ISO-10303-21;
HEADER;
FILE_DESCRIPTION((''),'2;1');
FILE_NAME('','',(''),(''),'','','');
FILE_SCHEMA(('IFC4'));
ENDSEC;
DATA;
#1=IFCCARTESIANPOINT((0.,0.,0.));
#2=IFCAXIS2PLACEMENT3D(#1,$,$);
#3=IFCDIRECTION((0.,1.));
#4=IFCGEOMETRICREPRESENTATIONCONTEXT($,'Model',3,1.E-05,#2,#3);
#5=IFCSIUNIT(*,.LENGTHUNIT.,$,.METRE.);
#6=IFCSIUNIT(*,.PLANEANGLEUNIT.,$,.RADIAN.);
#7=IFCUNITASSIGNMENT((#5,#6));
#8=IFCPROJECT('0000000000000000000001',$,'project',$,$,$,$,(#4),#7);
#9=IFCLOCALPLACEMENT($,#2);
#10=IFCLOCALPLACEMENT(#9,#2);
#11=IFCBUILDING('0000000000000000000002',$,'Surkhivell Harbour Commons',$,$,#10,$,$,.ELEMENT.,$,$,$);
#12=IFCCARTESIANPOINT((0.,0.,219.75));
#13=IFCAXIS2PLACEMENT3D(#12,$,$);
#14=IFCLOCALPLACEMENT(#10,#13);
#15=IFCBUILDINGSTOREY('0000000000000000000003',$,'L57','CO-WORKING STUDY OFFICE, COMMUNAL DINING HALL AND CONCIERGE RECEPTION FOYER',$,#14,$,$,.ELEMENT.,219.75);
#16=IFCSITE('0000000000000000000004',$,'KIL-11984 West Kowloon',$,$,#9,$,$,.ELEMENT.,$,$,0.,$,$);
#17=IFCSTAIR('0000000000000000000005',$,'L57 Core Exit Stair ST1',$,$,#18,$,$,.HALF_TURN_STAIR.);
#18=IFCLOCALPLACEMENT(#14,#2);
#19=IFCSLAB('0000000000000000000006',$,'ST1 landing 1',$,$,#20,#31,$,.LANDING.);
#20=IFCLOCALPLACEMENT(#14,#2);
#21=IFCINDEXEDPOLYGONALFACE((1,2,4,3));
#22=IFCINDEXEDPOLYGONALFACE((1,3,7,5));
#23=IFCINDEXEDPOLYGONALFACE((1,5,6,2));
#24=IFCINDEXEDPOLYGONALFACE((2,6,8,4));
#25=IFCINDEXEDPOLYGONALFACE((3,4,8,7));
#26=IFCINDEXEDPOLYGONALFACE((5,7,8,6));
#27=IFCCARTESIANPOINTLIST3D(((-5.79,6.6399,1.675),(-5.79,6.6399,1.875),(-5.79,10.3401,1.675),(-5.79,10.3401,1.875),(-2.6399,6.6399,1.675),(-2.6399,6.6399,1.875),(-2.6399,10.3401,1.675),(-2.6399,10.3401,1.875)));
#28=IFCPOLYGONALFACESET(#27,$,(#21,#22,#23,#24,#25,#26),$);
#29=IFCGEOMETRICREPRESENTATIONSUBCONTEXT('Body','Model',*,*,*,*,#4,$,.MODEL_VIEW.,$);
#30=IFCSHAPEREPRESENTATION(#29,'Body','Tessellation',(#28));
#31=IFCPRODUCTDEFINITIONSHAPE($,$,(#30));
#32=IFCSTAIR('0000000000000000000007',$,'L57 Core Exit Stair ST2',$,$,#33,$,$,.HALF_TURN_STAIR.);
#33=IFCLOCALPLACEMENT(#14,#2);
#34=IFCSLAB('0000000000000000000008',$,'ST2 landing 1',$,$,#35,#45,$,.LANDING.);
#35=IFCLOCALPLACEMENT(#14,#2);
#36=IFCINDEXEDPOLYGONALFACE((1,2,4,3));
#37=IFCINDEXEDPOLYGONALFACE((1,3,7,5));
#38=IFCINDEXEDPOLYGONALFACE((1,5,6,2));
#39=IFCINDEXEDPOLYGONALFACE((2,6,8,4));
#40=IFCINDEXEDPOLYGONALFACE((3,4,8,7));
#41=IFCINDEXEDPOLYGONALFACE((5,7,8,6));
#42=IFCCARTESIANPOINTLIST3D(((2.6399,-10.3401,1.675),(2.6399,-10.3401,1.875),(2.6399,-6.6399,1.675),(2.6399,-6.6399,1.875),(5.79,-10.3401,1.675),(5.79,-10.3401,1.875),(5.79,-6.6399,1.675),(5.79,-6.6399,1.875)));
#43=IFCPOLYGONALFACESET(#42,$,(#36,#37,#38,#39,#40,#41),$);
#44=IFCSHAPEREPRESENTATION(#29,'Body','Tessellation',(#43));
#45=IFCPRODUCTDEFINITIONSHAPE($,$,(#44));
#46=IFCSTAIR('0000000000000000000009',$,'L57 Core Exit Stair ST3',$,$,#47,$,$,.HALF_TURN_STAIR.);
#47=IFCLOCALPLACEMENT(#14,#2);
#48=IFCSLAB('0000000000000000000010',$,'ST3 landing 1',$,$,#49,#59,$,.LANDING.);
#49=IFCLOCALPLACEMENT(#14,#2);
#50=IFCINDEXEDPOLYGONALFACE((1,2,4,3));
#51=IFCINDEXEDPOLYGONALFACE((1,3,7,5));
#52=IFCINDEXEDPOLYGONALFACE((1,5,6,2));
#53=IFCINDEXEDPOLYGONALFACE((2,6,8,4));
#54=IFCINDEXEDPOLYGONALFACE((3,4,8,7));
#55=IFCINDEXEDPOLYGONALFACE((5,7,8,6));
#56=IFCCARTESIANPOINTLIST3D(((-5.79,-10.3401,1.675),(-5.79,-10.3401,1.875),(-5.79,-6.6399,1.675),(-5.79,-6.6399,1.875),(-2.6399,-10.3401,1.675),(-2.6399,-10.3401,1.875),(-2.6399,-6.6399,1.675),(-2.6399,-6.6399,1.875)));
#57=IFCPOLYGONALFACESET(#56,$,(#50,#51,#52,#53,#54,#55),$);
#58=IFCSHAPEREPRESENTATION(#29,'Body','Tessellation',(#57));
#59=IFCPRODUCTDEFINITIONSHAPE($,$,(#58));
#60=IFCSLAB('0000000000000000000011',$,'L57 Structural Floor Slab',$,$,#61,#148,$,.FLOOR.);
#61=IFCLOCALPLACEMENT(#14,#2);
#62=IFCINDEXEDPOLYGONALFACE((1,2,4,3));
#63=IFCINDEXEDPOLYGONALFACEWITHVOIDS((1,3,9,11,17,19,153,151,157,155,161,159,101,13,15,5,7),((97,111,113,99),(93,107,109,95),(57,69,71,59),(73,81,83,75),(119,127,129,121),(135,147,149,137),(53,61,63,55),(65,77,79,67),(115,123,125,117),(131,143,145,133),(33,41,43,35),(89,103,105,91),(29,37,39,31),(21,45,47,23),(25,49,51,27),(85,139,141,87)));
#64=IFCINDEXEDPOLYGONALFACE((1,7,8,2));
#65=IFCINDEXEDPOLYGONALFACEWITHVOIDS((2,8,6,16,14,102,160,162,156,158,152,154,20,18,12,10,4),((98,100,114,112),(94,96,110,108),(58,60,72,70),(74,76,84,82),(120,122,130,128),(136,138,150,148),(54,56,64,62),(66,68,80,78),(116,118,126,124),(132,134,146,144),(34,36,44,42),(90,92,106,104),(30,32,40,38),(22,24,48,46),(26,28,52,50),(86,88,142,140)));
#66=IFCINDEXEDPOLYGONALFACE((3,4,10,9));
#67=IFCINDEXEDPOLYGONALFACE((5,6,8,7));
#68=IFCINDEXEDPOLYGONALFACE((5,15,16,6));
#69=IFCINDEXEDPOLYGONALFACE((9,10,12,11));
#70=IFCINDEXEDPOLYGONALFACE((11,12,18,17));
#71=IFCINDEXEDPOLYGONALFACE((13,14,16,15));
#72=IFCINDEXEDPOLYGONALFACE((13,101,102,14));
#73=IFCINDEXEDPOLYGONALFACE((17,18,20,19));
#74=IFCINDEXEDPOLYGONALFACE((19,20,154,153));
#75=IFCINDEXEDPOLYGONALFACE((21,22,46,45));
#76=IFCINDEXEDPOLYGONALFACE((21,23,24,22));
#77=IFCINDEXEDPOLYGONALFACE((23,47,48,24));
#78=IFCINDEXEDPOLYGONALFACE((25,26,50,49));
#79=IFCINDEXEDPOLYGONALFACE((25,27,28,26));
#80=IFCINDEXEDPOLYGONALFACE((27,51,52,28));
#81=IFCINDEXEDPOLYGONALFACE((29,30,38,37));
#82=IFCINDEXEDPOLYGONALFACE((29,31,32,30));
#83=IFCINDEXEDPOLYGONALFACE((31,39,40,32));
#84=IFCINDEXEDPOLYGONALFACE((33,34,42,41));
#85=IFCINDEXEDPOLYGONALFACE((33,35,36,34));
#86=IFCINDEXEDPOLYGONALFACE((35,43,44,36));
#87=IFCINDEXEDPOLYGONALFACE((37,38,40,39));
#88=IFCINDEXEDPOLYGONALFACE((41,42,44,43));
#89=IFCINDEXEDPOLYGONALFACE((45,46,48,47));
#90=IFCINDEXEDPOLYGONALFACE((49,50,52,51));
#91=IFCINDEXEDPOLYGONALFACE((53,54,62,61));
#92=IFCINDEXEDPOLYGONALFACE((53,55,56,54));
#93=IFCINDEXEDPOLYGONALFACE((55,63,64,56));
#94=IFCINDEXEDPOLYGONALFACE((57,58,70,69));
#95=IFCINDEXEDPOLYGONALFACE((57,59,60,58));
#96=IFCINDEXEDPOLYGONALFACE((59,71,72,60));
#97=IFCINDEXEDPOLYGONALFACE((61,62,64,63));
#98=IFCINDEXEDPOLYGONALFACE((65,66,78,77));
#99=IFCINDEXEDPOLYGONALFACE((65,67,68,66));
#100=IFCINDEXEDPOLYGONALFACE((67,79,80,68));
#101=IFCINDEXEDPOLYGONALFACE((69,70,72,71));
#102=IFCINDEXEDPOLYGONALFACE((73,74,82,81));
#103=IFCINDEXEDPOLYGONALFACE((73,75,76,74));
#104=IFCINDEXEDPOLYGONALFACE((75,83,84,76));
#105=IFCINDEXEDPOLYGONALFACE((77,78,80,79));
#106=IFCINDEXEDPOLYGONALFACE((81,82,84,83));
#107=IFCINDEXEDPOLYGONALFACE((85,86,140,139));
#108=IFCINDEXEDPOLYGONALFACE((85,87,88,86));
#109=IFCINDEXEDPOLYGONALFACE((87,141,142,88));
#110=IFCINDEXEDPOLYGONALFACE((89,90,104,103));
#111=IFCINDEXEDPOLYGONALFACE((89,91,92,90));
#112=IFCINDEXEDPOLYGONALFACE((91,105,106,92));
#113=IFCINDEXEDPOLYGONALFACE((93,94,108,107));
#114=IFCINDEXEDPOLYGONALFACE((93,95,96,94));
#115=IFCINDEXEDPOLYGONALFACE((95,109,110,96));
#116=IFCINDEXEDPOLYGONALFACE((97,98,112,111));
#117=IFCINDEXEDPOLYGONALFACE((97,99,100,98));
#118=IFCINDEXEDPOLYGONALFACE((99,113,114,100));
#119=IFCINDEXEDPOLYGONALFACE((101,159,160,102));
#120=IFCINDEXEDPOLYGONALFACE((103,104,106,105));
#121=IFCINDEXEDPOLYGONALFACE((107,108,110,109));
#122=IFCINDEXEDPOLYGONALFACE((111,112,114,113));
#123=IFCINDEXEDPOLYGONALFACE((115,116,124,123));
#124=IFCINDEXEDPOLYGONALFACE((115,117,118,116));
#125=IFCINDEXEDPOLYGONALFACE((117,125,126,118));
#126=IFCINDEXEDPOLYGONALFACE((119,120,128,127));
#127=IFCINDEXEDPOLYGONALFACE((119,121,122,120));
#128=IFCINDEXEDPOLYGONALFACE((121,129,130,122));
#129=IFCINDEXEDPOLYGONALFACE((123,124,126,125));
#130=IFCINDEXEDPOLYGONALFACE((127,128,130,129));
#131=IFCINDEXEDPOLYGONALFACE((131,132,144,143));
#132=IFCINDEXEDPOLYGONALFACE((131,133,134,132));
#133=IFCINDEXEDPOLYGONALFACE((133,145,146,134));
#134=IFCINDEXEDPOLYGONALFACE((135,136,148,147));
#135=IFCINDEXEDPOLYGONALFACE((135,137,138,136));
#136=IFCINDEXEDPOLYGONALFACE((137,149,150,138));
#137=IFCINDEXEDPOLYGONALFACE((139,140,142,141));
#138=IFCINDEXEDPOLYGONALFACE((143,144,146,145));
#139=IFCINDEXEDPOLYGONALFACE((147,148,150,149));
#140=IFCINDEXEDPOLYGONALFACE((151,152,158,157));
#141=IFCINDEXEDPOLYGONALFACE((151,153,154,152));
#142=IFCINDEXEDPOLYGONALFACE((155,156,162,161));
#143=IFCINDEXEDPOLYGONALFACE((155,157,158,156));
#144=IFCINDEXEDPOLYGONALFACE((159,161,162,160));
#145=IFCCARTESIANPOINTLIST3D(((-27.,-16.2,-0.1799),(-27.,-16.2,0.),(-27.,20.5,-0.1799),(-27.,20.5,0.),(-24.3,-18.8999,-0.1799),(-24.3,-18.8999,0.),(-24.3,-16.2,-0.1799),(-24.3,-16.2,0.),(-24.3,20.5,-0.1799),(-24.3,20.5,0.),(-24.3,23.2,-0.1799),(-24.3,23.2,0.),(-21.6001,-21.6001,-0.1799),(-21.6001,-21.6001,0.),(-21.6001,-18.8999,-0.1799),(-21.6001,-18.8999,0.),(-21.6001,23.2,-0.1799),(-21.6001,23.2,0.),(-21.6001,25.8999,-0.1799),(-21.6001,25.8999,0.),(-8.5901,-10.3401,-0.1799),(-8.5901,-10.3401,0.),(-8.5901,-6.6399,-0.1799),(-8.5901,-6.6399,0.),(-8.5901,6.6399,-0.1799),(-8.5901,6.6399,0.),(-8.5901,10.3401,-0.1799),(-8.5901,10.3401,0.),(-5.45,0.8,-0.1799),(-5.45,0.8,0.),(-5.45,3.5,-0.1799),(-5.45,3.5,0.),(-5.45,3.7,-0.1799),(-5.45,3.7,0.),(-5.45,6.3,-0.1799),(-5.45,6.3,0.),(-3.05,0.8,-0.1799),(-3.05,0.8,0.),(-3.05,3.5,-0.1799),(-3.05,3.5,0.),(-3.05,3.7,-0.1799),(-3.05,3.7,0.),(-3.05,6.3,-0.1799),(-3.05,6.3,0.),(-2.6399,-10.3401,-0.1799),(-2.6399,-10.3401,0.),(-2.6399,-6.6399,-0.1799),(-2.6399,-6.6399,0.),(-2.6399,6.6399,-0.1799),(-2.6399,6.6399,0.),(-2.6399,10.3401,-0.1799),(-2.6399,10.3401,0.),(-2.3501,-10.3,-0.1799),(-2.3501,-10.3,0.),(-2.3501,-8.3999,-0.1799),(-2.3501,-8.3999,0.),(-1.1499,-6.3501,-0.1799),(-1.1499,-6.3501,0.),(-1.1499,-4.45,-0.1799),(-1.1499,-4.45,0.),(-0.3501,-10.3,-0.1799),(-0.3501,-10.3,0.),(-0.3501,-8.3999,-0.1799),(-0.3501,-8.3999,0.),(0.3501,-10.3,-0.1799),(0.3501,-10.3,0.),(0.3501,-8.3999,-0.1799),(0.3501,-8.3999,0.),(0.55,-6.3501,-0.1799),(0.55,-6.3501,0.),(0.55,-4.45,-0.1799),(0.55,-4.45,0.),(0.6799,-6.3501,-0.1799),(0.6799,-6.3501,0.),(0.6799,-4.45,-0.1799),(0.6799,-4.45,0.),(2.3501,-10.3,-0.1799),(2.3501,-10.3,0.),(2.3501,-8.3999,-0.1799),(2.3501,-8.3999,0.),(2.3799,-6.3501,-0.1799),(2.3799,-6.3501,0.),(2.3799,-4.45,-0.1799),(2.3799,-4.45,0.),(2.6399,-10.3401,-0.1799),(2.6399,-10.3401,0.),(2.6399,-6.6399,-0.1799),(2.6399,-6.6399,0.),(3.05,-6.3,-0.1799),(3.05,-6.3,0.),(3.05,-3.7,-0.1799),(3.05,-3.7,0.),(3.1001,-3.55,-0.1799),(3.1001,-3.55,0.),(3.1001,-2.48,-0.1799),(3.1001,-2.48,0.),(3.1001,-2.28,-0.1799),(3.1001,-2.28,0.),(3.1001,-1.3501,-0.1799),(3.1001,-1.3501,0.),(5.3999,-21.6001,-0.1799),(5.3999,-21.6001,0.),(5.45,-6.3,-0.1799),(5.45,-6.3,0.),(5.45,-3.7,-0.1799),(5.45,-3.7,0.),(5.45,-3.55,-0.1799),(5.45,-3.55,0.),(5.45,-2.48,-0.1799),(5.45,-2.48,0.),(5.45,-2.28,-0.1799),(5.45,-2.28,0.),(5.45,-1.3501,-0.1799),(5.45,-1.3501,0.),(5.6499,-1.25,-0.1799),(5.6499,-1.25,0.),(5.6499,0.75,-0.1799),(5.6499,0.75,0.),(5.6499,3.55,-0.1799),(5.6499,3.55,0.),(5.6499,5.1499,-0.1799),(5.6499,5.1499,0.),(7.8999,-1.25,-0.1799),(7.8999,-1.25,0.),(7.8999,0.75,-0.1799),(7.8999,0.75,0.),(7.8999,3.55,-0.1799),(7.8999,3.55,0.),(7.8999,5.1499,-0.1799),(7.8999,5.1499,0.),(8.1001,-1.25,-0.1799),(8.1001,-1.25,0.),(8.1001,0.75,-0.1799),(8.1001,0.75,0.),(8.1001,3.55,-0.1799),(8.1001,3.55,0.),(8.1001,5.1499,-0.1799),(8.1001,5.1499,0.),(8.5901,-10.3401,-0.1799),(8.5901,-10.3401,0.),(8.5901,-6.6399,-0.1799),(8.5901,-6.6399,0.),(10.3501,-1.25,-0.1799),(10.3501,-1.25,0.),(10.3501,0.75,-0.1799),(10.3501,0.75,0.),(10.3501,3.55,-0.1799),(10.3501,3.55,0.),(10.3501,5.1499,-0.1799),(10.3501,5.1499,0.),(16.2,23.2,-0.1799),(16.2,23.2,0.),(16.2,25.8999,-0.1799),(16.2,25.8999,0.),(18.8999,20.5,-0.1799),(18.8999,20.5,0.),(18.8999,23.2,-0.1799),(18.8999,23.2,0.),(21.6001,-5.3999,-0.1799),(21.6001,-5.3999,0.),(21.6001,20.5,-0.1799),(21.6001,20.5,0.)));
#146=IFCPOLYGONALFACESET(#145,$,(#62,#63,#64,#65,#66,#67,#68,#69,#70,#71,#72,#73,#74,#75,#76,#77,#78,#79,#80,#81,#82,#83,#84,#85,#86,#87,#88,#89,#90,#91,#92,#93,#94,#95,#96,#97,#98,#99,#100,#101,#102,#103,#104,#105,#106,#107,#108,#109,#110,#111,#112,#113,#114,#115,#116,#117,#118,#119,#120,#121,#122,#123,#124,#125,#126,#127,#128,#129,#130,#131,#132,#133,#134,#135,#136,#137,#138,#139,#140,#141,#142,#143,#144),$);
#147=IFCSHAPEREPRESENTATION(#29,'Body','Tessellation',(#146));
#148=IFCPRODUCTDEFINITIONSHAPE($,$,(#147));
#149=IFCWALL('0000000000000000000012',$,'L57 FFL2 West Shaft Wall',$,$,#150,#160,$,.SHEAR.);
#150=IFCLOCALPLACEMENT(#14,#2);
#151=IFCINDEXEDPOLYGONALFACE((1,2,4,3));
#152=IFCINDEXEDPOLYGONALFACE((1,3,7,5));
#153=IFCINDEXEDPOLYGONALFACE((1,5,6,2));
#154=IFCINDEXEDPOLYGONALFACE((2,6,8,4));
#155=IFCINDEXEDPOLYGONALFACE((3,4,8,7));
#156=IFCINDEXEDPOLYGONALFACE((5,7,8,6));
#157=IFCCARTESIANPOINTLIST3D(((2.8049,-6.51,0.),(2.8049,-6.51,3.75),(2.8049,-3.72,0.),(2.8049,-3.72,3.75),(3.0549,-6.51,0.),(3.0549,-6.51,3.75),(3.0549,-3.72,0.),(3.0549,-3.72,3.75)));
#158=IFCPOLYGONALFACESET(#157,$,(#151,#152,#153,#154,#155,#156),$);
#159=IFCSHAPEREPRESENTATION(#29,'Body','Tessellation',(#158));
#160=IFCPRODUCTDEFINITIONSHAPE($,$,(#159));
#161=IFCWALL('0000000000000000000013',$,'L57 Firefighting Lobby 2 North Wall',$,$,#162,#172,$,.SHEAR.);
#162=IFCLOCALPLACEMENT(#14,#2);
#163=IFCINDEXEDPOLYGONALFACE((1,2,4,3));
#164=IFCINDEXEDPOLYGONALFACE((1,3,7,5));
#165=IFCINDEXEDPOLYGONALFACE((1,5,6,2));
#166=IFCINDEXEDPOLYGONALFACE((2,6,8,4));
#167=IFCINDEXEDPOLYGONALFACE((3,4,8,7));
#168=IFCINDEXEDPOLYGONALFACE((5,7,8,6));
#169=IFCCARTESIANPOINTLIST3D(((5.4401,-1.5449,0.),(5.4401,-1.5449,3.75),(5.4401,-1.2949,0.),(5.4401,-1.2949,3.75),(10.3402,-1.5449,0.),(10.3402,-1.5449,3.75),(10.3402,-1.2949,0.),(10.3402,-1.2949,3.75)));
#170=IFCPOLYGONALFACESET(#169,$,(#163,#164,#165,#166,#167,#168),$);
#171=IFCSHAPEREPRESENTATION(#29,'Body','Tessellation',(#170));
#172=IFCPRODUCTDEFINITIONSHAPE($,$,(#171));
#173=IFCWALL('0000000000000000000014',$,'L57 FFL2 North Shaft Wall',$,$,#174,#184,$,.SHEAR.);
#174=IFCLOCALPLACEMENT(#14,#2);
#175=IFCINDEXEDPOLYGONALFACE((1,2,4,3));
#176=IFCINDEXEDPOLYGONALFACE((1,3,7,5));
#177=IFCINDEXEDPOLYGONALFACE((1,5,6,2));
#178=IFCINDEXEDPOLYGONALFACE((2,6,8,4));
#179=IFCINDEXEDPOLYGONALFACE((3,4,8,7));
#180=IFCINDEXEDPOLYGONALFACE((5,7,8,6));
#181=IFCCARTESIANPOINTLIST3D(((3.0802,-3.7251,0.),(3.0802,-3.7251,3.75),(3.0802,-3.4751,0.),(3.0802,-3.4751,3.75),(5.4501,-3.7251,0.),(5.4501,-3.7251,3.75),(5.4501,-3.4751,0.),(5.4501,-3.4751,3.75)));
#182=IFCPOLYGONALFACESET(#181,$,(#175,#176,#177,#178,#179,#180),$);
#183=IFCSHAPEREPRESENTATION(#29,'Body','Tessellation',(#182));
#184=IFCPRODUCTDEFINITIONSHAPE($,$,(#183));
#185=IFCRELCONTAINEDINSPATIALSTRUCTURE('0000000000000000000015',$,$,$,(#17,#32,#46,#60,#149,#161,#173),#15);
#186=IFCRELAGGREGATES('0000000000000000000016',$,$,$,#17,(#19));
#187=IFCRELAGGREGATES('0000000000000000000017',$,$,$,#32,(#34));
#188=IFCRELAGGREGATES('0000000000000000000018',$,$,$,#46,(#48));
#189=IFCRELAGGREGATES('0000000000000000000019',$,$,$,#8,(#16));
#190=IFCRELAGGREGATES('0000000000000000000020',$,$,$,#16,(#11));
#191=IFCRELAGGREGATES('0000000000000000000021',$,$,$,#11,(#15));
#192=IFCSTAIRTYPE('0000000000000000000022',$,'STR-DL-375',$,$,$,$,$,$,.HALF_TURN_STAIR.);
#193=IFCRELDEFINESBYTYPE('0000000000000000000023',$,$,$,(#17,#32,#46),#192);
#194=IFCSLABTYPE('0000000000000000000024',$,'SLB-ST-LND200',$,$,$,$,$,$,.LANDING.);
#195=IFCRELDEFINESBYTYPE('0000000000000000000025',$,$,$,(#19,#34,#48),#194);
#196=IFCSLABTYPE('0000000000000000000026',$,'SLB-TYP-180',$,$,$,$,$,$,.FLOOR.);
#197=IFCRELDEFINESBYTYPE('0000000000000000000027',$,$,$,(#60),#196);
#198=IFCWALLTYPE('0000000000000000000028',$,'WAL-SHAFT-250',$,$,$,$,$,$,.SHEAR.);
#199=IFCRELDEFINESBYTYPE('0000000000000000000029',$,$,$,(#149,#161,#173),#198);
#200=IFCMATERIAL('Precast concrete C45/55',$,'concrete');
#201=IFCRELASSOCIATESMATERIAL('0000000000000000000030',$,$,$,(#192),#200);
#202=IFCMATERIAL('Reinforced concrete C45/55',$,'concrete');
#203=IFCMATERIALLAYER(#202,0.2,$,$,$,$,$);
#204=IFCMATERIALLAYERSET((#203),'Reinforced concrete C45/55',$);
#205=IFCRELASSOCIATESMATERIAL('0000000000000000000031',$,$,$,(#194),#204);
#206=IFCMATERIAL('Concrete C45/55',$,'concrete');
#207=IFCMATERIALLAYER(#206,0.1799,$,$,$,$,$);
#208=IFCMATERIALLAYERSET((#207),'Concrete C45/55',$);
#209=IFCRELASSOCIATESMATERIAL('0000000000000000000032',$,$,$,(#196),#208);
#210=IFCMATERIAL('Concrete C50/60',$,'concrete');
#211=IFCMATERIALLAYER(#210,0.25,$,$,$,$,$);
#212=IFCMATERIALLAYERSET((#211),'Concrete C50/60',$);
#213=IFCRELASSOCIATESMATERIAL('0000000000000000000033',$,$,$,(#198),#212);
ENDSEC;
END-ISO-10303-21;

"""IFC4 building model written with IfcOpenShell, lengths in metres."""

from ifc_helpers import new_model, si_unit, direction, frame, frame_2d, origin, place, context, subcontext, project, spatial, polyline, rectangle, outline, extrude, material, layer, layer_set, type_object, element, aggregate, save


model = new_model("IFC4")

# Units and contexts
model_context = context("Model", 3, precision=1e-05, world=origin(), true_north=direction((0.0, 1.0)))
body_context = subcontext(model_context, "Body", "Model", "MODEL_VIEW")
ifc_project = project(units=[si_unit("LENGTHUNIT", "METRE"), si_unit("PLANEANGLEUNIT", "RADIAN")], contexts=[model_context])

# Site, building, storey
site_placement = place(None, origin())
site = spatial("IfcSite", under=ifc_project, at=site_placement, Name="KIL-11984 West Kowloon", CompositionType="ELEMENT", RefElevation=0.0)
building_placement = place(site_placement, origin())
building = spatial("IfcBuilding", under=site, at=building_placement, Name="Surkhivell Harbour Commons", CompositionType="ELEMENT")
storey_placement = place(building_placement, frame((0.0, 0.0, 219.75)))
storey = spatial("IfcBuildingStorey", under=building, at=storey_placement, Name="L57", Description="CO-WORKING STUDY OFFICE, COMMUNAL DINING HALL AND CONCIERGE RECEPTION FOYER", CompositionType="ELEMENT", Elevation=219.75)

# Stairs, slabs
ifc_material_1 = material(Name="Precast concrete C45/55", Category="concrete")
stair_type = type_object("IfcStairType", Name="STR-DL-375", PredefinedType="HALF_TURN_STAIR", material=ifc_material_1)
stair_1_placement = place(storey_placement, origin())
stair_1 = element("IfcStair", 1, at=stair_1_placement, inside=storey, type_object=stair_type, Name="L57 Core Exit Stair ST1", PredefinedType="HALF_TURN_STAIR")
ifc_material_2 = material(Name="Reinforced concrete C45/55", Category="concrete")
ifc_layer_1 = layer(ifc_material_2, 0.2)
ifc_layer_set_1 = layer_set([ifc_layer_1], Name="Reinforced concrete C45/55")
slab_type_1 = type_object("IfcSlabType", Name="SLB-ST-LND200", PredefinedType="LANDING", material=ifc_layer_set_1)
slab_1_placement = place(storey_placement, frame((0.0, 0.0, 1.675)))
slab_1 = element("IfcSlab", 2, at=slab_1_placement, type_object=slab_type_1, Name="ST1 landing 1", PredefinedType="LANDING", context=body_context, shape_type="SweptSolid", body=[
    extrude(outline(polyline([(-5.79, 6.6399), (-2.6399, 6.6399), (-2.6399, 10.3401), (-5.79, 10.3401), (-5.79, 6.6399)])), origin(), (0.0, 0.0, 1.0), 0.2),
])
aggregate(stair_1, [slab_1])
stair_2_placement = place(storey_placement, origin())
stair_2 = element("IfcStair", 3, at=stair_2_placement, inside=storey, type_object=stair_type, Name="L57 Core Exit Stair ST2", PredefinedType="HALF_TURN_STAIR")
slab_2_placement = place(storey_placement, frame((0.0, 0.0, 1.675)))
slab_2 = element("IfcSlab", 4, at=slab_2_placement, type_object=slab_type_1, Name="ST2 landing 1", PredefinedType="LANDING", context=body_context, shape_type="SweptSolid", body=[
    extrude(outline(polyline([(5.79, -6.6399), (2.6399, -6.6399), (2.6399, -10.3401), (5.79, -10.3401), (5.79, -6.6399)])), origin(), (0.0, 0.0, 1.0), 0.2),
])
aggregate(stair_2, [slab_2])
stair_3_placement = place(storey_placement, origin())
stair_3 = element("IfcStair", 5, at=stair_3_placement, inside=storey, type_object=stair_type, Name="L57 Core Exit Stair ST3", PredefinedType="HALF_TURN_STAIR")
slab_3_placement = place(storey_placement, frame((0.0, 0.0, 1.675)))
slab_3 = element("IfcSlab", 6, at=slab_3_placement, type_object=slab_type_1, Name="ST3 landing 1", PredefinedType="LANDING", context=body_context, shape_type="SweptSolid", body=[
    extrude(outline(polyline([(-5.79, -10.3401), (-2.6399, -10.3401), (-2.6399, -6.6399), (-5.79, -6.6399), (-5.79, -10.3401)])), origin(), (0.0, 0.0, 1.0), 0.2),
])
aggregate(stair_3, [slab_3])

# Slab
ifc_material_3 = material(Name="Concrete C45/55", Category="concrete")
ifc_layer_2 = layer(ifc_material_3, 0.1799)
ifc_layer_set_2 = layer_set([ifc_layer_2], Name="Concrete C45/55")
slab_type_2 = type_object("IfcSlabType", Name="SLB-TYP-180", PredefinedType="FLOOR", material=ifc_layer_set_2)
slab_4_placement = place(storey_placement, frame((0.0, 0.0, -0.1799)))
element("IfcSlab", 7, at=slab_4_placement, inside=storey, type_object=slab_type_2, Name="L57 Structural Floor Slab", PredefinedType="FLOOR", context=body_context, shape_type="SweptSolid", body=[
    extrude(outline(polyline([(-21.6001, -21.6001), (5.3999, -21.6001), (21.6001, -5.3999), (21.6001, 20.5), (18.8999, 20.5), (18.8999, 23.2), (16.2, 23.2), (16.2, 25.8999), (-21.6001, 25.8999), (-21.6001, 23.2), (-24.3, 23.2), (-24.3, 20.5), (-27.0, 20.5), (-27.0, -16.2), (-24.3, -16.2), (-24.3, -18.8999), (-21.6001, -18.8999), (-21.6001, -21.6001)]), holes=[polyline([(-8.5901, 6.6399), (-2.6399, 6.6399), (-2.6399, 10.3401), (-8.5901, 10.3401), (-8.5901, 6.6399)]), polyline([(8.5901, -6.6399), (2.6399, -6.6399), (2.6399, -10.3401), (8.5901, -10.3401), (8.5901, -6.6399)]), polyline([(-8.5901, -10.3401), (-2.6399, -10.3401), (-2.6399, -6.6399), (-8.5901, -6.6399), (-8.5901, -10.3401)]), polyline([(5.6499, 3.55), (7.8999, 3.55), (7.8999, 5.1499), (5.6499, 5.1499), (5.6499, 3.55)]), polyline([(8.1001, 3.55), (10.3501, 3.55), (10.3501, 5.1499), (8.1001, 5.1499), (8.1001, 3.55)]), polyline([(5.6499, -1.25), (7.8999, -1.25), (7.8999, 0.75), (5.6499, 0.75), (5.6499, -1.25)]), polyline([(8.1001, -1.25), (10.3501, -1.25), (10.3501, 0.75), (8.1001, 0.75), (8.1001, -1.25)]), polyline([(-1.1499, -6.3501), (0.55, -6.3501), (0.55, -4.45), (-1.1499, -4.45), (-1.1499, -6.3501)]), polyline([(0.6799, -6.3501), (2.3799, -6.3501), (2.3799, -4.45), (0.6799, -4.45), (0.6799, -6.3501)]), polyline([(-2.3501, -10.3), (-0.3501, -10.3), (-0.3501, -8.3999), (-2.3501, -8.3999), (-2.3501, -10.3)]), polyline([(0.3501, -10.3), (2.3501, -10.3), (2.3501, -8.3999), (0.3501, -8.3999), (0.3501, -10.3)]), polyline([(-5.45, 3.7), (-3.05, 3.7), (-3.05, 6.3), (-5.45, 6.3), (-5.45, 3.7)]), polyline([(3.05, -6.3), (5.45, -6.3), (5.45, -3.7), (3.05, -3.7), (3.05, -6.3)]), polyline([(-5.45, 0.8), (-3.05, 0.8), (-3.05, 3.5), (-5.45, 3.5), (-5.45, 0.8)]), polyline([(3.1001, -3.55), (5.45, -3.55), (5.45, -2.48), (3.1001, -2.48), (3.1001, -3.55)]), polyline([(3.1001, -2.28), (5.45, -2.28), (5.45, -1.3501), (3.1001, -1.3501), (3.1001, -2.28)])]), origin(), (0.0, 0.0, 1.0), 0.1799),
])

# Walls
ifc_material_4 = material(Name="Concrete C50/60", Category="concrete")
ifc_layer_3 = layer(ifc_material_4, 0.25)
ifc_layer_set_3 = layer_set([ifc_layer_3], Name="Concrete C50/60")
wall_type = type_object("IfcWallType", Name="WAL-SHAFT-250", PredefinedType="SHEAR", material=ifc_layer_set_3)
wall_1_placement = place(storey_placement, frame((2.9299, -6.51, 0.0), z_axis=(0.0, 0.0, 1.0), x_axis=(0.0, 1.0, 0.0)))
element("IfcWall", 8, at=wall_1_placement, inside=storey, type_object=wall_type, Name="L57 FFL2 West Shaft Wall", PredefinedType="SHEAR", context=body_context, shape_type="SweptSolid", body=[
    extrude(rectangle(XDim=2.79, YDim=0.25, at=frame_2d((1.395, 0.0))), origin(), (0.0, 0.0, 1.0), 3.75),
])
wall_2_placement = place(storey_placement, frame((5.4399, -1.4199, 0.0), z_axis=(0.0, 0.0, 1.0), x_axis=(1.0, 0.0, 0.0)))
element("IfcWall", 9, at=wall_2_placement, inside=storey, type_object=wall_type, Name="L57 Firefighting Lobby 2 North Wall", PredefinedType="SHEAR", context=body_context, shape_type="SweptSolid", body=[
    extrude(rectangle(XDim=4.9001, YDim=0.25, at=frame_2d((2.4502, 0.0))), origin(), (0.0, 0.0, 1.0), 3.75),
])
wall_3_placement = place(storey_placement, frame((3.0801, -3.6001, 0.0), z_axis=(0.0, 0.0, 1.0), x_axis=(1.0, 0.0, 0.0)))
element("IfcWall", 10, at=wall_3_placement, inside=storey, type_object=wall_type, Name="L57 FFL2 North Shaft Wall", PredefinedType="SHEAR", context=body_context, shape_type="SweptSolid", body=[
    extrude(rectangle(XDim=2.3699, YDim=0.25, at=frame_2d((1.1851, 0.0))), origin(), (0.0, 0.0, 1.0), 3.75),
])

save(model, "model.ifc")
